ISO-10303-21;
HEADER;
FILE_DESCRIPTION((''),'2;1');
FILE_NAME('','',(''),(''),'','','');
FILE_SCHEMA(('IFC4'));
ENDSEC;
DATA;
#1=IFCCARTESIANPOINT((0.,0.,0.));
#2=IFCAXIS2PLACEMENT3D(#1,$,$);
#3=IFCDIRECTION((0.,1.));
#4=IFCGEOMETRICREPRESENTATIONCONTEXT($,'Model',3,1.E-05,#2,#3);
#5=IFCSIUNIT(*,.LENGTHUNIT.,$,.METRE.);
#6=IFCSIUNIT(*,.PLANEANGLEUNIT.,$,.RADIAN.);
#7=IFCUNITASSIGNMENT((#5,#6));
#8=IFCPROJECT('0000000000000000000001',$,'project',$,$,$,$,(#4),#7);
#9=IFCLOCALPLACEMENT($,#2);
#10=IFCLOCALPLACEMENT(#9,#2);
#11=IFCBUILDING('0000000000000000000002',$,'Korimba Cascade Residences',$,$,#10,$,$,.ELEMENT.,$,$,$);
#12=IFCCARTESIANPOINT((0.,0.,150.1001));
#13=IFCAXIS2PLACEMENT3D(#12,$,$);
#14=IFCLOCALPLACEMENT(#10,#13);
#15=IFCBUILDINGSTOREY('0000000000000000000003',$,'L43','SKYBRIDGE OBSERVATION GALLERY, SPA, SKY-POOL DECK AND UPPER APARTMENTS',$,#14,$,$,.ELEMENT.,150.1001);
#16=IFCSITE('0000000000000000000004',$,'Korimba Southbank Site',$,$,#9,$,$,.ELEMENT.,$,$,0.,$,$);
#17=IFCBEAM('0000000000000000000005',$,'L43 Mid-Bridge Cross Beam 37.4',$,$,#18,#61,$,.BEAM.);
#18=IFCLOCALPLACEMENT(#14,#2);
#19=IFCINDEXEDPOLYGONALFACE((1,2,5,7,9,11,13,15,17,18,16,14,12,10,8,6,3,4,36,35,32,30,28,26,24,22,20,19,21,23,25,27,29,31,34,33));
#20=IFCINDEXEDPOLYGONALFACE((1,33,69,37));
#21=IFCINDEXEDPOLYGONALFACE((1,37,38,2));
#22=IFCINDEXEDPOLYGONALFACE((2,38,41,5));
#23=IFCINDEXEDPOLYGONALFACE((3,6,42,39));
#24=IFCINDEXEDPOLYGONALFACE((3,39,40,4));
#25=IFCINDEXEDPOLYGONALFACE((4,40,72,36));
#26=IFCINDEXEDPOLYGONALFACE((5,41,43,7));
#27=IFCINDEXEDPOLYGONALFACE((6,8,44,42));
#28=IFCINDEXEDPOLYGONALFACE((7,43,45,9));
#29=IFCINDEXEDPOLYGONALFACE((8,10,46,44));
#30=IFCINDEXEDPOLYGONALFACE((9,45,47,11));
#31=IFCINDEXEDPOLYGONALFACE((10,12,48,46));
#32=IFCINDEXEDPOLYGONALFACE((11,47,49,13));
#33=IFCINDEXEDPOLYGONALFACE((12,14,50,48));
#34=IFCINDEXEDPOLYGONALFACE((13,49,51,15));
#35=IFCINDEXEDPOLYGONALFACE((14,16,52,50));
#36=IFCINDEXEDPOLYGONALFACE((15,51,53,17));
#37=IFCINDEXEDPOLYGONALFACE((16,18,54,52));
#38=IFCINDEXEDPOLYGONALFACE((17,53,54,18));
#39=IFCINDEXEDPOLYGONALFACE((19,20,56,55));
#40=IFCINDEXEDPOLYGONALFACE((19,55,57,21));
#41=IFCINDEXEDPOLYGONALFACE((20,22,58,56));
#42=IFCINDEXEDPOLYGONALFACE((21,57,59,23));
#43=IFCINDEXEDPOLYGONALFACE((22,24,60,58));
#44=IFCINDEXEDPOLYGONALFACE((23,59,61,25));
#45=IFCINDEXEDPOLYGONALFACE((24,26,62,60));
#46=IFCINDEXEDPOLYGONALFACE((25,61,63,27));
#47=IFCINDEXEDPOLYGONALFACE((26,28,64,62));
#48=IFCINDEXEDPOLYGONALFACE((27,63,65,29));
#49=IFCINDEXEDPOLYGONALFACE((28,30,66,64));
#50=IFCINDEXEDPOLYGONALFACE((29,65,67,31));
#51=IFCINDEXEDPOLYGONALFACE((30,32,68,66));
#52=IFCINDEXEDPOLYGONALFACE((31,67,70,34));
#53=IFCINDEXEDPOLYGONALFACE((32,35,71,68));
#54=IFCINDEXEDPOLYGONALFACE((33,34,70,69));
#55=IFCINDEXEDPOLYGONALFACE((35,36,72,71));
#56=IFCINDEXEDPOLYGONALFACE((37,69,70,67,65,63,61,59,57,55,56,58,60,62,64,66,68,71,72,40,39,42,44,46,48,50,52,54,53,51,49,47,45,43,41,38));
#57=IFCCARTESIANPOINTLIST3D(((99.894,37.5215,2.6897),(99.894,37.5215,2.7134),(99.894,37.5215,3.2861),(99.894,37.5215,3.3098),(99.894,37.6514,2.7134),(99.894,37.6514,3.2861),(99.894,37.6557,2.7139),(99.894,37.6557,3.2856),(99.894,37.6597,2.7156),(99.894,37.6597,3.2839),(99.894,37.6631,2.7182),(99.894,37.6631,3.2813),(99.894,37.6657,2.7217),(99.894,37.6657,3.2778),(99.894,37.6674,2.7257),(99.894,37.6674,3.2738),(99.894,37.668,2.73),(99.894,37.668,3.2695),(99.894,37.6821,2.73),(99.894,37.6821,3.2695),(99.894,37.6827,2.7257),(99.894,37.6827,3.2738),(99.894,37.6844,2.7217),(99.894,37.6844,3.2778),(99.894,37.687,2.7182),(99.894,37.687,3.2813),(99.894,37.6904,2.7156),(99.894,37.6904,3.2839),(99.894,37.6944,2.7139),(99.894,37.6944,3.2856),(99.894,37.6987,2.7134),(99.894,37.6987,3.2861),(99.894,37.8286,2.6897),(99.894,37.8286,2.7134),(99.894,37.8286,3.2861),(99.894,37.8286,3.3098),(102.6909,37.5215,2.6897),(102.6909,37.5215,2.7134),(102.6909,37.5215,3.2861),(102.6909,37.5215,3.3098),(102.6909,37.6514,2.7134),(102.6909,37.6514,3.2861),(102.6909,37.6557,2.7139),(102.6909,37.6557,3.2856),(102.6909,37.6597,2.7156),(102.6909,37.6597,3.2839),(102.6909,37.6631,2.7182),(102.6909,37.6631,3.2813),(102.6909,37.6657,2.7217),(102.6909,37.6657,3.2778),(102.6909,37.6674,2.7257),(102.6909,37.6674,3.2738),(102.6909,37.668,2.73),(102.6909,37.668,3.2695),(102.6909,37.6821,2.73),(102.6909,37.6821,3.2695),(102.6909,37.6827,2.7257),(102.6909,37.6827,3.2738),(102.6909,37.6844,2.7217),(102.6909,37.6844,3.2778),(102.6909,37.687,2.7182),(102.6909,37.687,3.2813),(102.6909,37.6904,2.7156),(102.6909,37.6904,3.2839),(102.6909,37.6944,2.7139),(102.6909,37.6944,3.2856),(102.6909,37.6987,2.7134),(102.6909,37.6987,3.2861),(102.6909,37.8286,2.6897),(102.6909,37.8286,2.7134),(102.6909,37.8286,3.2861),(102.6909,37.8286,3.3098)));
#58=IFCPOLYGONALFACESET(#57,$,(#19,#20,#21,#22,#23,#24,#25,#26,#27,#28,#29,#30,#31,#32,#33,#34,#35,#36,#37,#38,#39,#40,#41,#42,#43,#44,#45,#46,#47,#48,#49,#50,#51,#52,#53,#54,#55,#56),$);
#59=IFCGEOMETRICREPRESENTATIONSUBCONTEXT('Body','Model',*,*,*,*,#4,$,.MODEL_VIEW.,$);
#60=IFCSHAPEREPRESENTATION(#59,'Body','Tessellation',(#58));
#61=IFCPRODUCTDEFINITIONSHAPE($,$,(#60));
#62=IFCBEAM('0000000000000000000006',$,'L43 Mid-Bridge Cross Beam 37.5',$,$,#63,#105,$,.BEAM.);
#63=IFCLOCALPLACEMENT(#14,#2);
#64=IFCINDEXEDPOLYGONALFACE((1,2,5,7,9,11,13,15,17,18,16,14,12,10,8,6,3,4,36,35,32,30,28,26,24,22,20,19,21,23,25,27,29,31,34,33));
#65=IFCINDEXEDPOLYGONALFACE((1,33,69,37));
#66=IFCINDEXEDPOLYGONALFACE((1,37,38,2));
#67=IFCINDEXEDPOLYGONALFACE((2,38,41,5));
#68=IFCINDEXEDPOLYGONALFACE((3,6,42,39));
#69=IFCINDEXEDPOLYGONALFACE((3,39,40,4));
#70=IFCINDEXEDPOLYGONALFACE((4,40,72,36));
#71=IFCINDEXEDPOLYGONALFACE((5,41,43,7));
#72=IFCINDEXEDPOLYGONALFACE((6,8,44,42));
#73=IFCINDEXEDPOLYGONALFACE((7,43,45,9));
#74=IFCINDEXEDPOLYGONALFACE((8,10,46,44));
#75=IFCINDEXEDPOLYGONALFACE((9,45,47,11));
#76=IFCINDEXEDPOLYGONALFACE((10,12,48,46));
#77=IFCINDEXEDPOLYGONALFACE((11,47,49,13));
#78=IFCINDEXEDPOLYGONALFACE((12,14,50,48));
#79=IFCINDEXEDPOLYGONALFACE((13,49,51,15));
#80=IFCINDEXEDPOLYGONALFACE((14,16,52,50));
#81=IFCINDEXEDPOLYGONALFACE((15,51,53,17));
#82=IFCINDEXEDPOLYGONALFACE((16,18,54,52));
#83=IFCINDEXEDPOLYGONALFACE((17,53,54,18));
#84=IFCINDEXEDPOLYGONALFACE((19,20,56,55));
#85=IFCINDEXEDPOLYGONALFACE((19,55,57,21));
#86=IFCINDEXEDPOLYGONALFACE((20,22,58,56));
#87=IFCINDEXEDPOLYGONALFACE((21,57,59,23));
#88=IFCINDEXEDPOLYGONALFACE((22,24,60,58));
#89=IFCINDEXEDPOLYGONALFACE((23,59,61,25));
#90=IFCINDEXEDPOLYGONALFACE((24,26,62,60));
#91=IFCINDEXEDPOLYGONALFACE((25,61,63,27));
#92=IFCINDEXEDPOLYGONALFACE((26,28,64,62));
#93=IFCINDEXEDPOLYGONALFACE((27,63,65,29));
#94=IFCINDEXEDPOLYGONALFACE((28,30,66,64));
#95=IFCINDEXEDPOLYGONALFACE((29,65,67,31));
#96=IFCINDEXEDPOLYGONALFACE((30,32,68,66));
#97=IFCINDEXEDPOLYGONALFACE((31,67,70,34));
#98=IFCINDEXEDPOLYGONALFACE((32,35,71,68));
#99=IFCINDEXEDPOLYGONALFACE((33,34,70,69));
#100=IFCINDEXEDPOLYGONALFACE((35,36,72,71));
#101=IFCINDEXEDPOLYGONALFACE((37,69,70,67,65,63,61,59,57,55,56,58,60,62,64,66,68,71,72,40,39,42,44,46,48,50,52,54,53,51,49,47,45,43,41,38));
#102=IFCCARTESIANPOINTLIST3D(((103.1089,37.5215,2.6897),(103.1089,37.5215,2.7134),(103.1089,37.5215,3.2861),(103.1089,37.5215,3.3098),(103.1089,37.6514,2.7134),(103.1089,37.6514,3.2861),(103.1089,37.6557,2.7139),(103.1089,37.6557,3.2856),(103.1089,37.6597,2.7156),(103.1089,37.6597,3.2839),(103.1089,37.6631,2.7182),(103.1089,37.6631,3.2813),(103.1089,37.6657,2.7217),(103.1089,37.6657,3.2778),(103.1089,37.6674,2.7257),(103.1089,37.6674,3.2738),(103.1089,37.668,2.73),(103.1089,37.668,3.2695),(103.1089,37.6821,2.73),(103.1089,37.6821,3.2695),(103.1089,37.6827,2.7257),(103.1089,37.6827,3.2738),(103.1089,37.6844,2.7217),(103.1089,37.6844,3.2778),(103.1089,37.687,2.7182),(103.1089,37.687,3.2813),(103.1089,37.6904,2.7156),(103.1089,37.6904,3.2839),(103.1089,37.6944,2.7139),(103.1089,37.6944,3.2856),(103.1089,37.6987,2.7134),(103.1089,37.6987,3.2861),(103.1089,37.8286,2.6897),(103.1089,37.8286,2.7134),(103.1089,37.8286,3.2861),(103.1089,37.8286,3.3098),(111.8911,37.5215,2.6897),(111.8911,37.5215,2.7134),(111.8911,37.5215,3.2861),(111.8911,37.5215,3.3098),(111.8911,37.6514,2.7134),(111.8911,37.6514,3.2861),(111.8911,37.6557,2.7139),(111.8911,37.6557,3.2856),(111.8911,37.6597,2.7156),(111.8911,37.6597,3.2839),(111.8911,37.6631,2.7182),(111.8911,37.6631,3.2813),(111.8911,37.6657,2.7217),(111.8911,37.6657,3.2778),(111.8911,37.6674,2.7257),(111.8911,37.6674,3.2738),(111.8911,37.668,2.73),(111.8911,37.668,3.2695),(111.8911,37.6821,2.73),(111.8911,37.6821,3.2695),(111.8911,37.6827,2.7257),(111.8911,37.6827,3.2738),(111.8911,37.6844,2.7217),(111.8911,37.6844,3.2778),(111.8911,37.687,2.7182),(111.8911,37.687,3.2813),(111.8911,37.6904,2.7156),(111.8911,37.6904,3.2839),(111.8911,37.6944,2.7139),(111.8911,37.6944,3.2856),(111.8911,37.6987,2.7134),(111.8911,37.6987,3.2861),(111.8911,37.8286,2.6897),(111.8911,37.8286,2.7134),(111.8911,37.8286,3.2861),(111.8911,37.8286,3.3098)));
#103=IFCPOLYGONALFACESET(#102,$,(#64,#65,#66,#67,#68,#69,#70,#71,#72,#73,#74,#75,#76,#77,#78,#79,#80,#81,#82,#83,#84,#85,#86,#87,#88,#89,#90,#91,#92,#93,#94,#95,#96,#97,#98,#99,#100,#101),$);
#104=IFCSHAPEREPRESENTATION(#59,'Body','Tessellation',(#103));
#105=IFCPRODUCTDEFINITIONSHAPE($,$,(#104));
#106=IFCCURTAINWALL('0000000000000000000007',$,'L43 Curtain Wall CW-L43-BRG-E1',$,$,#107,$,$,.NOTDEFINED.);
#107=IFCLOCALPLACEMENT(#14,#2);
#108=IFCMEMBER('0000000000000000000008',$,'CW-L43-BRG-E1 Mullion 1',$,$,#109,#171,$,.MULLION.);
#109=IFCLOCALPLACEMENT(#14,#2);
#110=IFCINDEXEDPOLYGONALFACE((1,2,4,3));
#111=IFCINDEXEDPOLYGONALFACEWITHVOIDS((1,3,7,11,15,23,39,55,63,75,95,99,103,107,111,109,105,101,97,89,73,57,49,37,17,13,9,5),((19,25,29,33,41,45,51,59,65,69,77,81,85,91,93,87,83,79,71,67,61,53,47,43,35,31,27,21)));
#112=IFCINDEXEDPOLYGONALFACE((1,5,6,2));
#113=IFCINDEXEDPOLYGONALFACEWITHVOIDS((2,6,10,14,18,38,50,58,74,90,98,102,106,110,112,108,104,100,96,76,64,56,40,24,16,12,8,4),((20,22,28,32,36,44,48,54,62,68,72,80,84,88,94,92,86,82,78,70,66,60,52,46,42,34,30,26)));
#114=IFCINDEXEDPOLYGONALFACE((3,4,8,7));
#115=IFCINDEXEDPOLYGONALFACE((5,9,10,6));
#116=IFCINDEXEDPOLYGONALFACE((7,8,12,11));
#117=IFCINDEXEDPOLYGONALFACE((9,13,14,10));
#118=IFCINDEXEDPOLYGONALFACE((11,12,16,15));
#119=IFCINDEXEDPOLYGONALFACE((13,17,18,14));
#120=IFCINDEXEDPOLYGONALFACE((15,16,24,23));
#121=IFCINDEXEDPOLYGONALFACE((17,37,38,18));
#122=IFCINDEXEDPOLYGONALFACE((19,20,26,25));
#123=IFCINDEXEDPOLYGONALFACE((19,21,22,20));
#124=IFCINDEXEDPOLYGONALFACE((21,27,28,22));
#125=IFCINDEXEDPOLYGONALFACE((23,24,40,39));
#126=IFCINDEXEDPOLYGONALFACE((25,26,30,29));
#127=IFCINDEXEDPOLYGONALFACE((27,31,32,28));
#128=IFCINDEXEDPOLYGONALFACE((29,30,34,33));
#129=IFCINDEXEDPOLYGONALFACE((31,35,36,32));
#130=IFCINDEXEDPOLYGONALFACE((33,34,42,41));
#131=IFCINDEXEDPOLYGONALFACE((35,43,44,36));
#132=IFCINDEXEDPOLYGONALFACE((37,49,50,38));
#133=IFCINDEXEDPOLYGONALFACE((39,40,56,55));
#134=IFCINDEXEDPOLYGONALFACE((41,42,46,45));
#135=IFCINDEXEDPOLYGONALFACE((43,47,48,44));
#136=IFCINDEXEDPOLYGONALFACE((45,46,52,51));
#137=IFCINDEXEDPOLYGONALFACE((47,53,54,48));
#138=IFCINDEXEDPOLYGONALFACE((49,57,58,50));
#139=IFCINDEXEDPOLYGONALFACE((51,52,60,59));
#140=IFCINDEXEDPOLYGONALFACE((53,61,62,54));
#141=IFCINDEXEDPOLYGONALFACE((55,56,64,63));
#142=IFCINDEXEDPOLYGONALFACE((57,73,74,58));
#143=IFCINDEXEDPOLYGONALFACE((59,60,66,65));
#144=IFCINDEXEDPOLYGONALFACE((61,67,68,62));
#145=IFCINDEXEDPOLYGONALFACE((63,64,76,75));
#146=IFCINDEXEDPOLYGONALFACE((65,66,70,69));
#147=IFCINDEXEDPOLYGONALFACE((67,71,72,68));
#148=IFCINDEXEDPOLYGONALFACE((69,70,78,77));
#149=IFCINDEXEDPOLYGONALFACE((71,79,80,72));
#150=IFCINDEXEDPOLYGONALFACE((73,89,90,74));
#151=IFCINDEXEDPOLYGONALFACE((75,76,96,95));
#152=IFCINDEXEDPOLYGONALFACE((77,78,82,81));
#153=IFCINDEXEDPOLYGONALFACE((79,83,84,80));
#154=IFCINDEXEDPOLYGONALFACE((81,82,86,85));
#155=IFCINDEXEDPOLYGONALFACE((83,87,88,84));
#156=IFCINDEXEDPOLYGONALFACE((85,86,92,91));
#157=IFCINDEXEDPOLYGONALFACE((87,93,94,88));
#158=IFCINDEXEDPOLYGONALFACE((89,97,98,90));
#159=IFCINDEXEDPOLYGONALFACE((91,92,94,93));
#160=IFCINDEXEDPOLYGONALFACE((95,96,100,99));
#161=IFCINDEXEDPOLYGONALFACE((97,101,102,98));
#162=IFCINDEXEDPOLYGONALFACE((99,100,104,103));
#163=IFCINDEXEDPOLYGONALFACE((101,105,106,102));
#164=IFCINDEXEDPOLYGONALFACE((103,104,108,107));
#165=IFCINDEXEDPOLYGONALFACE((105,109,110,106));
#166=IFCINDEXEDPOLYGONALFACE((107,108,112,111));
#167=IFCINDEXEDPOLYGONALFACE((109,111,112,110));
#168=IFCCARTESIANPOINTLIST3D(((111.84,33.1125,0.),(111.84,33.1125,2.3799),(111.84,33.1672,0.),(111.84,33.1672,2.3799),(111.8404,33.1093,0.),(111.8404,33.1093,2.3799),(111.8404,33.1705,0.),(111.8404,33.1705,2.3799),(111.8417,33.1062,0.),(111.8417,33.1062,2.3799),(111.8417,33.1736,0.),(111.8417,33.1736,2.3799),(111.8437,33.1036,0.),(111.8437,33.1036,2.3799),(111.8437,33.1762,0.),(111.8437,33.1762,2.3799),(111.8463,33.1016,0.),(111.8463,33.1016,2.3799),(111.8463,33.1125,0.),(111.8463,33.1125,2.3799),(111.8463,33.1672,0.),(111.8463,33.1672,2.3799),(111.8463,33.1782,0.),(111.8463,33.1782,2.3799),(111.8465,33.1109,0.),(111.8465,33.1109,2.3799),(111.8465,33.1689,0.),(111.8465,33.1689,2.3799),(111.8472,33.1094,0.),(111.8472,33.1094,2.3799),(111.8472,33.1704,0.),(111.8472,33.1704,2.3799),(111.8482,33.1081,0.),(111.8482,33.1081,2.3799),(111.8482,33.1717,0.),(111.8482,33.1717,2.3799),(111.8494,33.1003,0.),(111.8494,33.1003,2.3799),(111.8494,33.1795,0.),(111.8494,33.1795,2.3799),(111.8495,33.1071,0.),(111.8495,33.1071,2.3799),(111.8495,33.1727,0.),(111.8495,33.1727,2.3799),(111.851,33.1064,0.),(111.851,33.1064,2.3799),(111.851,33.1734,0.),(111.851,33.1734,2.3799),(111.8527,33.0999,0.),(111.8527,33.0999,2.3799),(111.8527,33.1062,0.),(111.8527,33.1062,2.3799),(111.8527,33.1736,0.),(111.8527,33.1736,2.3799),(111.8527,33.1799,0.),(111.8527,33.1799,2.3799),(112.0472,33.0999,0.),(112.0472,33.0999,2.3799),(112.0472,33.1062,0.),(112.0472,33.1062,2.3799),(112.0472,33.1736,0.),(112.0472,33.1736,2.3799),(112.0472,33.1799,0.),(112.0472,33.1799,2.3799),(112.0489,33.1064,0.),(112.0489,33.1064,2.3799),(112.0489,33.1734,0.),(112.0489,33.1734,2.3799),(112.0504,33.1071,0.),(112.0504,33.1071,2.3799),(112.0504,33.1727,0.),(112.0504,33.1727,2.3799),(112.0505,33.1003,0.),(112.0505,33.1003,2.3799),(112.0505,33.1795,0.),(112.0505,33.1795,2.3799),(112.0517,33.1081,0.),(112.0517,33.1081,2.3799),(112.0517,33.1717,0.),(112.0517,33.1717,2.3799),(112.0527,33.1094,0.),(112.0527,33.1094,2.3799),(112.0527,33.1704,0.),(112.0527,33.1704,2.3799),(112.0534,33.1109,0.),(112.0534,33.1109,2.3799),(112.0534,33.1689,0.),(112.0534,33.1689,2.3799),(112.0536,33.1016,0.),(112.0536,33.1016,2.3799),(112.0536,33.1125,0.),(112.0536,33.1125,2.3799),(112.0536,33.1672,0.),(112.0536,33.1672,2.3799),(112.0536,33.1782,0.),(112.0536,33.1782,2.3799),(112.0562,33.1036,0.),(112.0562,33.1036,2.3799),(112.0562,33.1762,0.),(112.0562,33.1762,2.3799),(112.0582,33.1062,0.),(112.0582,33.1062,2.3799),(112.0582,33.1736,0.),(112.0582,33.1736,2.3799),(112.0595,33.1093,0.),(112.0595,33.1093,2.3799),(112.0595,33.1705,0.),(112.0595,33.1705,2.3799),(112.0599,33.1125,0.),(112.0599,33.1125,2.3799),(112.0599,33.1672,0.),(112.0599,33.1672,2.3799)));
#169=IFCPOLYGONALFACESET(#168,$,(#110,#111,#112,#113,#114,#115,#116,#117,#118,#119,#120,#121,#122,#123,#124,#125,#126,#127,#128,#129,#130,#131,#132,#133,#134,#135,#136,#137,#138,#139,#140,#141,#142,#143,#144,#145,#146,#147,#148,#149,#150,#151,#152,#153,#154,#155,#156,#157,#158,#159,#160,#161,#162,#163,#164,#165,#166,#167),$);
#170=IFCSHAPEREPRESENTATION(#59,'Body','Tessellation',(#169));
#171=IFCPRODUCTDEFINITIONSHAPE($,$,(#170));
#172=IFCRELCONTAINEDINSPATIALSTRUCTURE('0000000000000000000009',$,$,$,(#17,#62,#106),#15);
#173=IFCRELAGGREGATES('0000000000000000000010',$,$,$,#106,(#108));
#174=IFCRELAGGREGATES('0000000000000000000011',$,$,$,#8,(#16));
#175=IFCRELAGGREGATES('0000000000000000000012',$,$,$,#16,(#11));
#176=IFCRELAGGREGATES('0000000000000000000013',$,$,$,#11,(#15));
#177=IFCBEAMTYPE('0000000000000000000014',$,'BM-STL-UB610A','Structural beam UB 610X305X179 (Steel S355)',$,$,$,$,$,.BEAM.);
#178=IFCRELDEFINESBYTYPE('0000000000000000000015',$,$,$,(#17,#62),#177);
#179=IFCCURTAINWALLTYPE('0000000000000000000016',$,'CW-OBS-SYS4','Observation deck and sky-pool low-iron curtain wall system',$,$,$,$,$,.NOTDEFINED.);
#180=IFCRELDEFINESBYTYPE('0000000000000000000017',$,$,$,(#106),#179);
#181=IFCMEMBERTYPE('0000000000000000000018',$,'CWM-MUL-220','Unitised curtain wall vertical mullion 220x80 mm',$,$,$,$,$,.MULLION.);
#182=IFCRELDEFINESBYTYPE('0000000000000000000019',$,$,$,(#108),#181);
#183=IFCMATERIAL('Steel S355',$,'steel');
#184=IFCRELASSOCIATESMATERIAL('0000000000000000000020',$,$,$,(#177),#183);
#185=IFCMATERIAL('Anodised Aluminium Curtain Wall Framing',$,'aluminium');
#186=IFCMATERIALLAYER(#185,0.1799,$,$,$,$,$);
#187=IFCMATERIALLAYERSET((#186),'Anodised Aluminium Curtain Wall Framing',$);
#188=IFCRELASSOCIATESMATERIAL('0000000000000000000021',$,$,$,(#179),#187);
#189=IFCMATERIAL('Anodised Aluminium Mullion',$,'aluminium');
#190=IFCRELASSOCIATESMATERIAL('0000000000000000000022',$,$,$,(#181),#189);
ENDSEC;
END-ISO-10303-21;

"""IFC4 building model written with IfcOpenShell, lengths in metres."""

from ifc_helpers import new_model, si_unit, direction, frame, origin, origin_2d, place, context, subcontext, project, spatial, hollow_rectangle, i_section, extrude, material, layer, layer_set, material_profile, profile_set, type_object, element, aggregate, save


model = new_model("IFC4")

# Units and contexts
model_context = context("Model", 3, precision=1e-05, world=origin(), true_north=direction((0.0, 1.0)))
body_context = subcontext(model_context, "Body", "Model", "MODEL_VIEW")
ifc_project = project(units=[si_unit("LENGTHUNIT", "METRE"), si_unit("PLANEANGLEUNIT", "RADIAN")], contexts=[model_context])

# Site, building, storey
site_placement = place(None, origin())
site = spatial("IfcSite", under=ifc_project, at=site_placement, Name="Korimba Southbank Site", CompositionType="ELEMENT", RefElevation=0.0)
building_placement = place(site_placement, origin())
building = spatial("IfcBuilding", under=site, at=building_placement, Name="Korimba Cascade Residences", CompositionType="ELEMENT")
storey_placement = place(building_placement, frame((0.0, 0.0, 150.1001)))
storey = spatial("IfcBuildingStorey", under=building, at=storey_placement, Name="L43", Description="SKYBRIDGE OBSERVATION GALLERY, SPA, SKY-POOL DECK AND UPPER APARTMENTS", CompositionType="ELEMENT", Elevation=150.1001)

# Beams
ifc_material_1 = material(Name="Steel S355", Category="steel")
ifc_material_profile_1 = material_profile(ifc_material_1, i_section(OverallWidth=0.3071, OverallDepth=0.6201, WebThickness=0.0142, FlangeThickness=0.0237, FilletRadius=0.0166, at=origin_2d()), Name="Steel S355")
ifc_profile_set_1 = profile_set([ifc_material_profile_1], Name="Steel S355")
beam_type = type_object("IfcBeamType", Name="BM-STL-UB610A", Description="Structural beam UB 610X305X179 (Steel S355)", PredefinedType="BEAM", material=ifc_profile_set_1)
beam_1_placement = place(storey_placement, frame((99.894, 37.675, 2.9998), z_axis=(1.0, 0.0, 0.0), x_axis=(0.0, 1.0, 0.0)))
element("IfcBeam", 1, at=beam_1_placement, inside=storey, type_object=beam_type, Name="L43 Mid-Bridge Cross Beam 37.4", PredefinedType="BEAM", context=body_context, shape_type="SweptSolid", body=[
    extrude(i_section(OverallWidth=0.3071, OverallDepth=0.6201, WebThickness=0.0142, FlangeThickness=0.0237, FilletRadius=0.0166, at=origin_2d()), origin(), (0.0, 0.0, 1.0), 2.7969),
])
beam_2_placement = place(storey_placement, frame((103.1089, 37.675, 2.9998), z_axis=(1.0, 0.0, 0.0), x_axis=(0.0, 1.0, 0.0)))
element("IfcBeam", 2, at=beam_2_placement, inside=storey, type_object=beam_type, Name="L43 Mid-Bridge Cross Beam 37.5", PredefinedType="BEAM", context=body_context, shape_type="SweptSolid", body=[
    extrude(i_section(OverallWidth=0.3071, OverallDepth=0.6201, WebThickness=0.0142, FlangeThickness=0.0237, FilletRadius=0.0166, at=origin_2d()), origin(), (0.0, 0.0, 1.0), 8.7822),
])

# Curtain wall, member
ifc_material_2 = material(Name="Anodised Aluminium Curtain Wall Framing", Category="aluminium")
ifc_layer_1 = layer(ifc_material_2, 0.1799)
ifc_layer_set_1 = layer_set([ifc_layer_1], Name="Anodised Aluminium Curtain Wall Framing")
curtain_wall_type = type_object("IfcCurtainWallType", Name="CW-OBS-SYS4", Description="Observation deck and sky-pool low-iron curtain wall system", PredefinedType="NOTDEFINED", material=ifc_layer_set_1)
curtain_wall_placement = place(storey_placement, origin())
curtain_wall = element("IfcCurtainWall", 3, at=curtain_wall_placement, inside=storey, type_object=curtain_wall_type, Name="L43 Curtain Wall CW-L43-BRG-E1", PredefinedType="NOTDEFINED")
ifc_material_3 = material(Name="Anodised Aluminium Mullion", Category="aluminium")
ifc_material_profile_2 = material_profile(ifc_material_3, hollow_rectangle(XDim=0.0801, YDim=0.22, WallThickness=0.0063, InnerFilletRadius=0.0063, OuterFilletRadius=0.0127, at=origin_2d()), Name="Anodised Aluminium Mullion")
ifc_profile_set_2 = profile_set([ifc_material_profile_2], Name="Anodised Aluminium Mullion")
member_type_1 = type_object("IfcMemberType", Name="CWM-MUL-220", Description="Unitised curtain wall vertical mullion 220x80 mm", PredefinedType="MULLION", material=ifc_profile_set_2)
member_1_placement = place(storey_placement, frame((111.95, 33.1399, 0.0), z_axis=(0.0, 0.0, 1.0), x_axis=(0.0, 1.0, 0.0)))
member_1 = element("IfcMember", 4, at=member_1_placement, type_object=member_type_1, Name="CW-L43-BRG-E1 Mullion 1", PredefinedType="MULLION", context=body_context, shape_type="SweptSolid", body=[
    extrude(hollow_rectangle(XDim=0.0801, YDim=0.22, WallThickness=0.0063, InnerFilletRadius=0.0063, OuterFilletRadius=0.0127, at=origin_2d()), origin(), (0.0, 0.0, 1.0), 2.3799),
])
aggregate(curtain_wall, [member_1])

save(model, "model.ifc")
